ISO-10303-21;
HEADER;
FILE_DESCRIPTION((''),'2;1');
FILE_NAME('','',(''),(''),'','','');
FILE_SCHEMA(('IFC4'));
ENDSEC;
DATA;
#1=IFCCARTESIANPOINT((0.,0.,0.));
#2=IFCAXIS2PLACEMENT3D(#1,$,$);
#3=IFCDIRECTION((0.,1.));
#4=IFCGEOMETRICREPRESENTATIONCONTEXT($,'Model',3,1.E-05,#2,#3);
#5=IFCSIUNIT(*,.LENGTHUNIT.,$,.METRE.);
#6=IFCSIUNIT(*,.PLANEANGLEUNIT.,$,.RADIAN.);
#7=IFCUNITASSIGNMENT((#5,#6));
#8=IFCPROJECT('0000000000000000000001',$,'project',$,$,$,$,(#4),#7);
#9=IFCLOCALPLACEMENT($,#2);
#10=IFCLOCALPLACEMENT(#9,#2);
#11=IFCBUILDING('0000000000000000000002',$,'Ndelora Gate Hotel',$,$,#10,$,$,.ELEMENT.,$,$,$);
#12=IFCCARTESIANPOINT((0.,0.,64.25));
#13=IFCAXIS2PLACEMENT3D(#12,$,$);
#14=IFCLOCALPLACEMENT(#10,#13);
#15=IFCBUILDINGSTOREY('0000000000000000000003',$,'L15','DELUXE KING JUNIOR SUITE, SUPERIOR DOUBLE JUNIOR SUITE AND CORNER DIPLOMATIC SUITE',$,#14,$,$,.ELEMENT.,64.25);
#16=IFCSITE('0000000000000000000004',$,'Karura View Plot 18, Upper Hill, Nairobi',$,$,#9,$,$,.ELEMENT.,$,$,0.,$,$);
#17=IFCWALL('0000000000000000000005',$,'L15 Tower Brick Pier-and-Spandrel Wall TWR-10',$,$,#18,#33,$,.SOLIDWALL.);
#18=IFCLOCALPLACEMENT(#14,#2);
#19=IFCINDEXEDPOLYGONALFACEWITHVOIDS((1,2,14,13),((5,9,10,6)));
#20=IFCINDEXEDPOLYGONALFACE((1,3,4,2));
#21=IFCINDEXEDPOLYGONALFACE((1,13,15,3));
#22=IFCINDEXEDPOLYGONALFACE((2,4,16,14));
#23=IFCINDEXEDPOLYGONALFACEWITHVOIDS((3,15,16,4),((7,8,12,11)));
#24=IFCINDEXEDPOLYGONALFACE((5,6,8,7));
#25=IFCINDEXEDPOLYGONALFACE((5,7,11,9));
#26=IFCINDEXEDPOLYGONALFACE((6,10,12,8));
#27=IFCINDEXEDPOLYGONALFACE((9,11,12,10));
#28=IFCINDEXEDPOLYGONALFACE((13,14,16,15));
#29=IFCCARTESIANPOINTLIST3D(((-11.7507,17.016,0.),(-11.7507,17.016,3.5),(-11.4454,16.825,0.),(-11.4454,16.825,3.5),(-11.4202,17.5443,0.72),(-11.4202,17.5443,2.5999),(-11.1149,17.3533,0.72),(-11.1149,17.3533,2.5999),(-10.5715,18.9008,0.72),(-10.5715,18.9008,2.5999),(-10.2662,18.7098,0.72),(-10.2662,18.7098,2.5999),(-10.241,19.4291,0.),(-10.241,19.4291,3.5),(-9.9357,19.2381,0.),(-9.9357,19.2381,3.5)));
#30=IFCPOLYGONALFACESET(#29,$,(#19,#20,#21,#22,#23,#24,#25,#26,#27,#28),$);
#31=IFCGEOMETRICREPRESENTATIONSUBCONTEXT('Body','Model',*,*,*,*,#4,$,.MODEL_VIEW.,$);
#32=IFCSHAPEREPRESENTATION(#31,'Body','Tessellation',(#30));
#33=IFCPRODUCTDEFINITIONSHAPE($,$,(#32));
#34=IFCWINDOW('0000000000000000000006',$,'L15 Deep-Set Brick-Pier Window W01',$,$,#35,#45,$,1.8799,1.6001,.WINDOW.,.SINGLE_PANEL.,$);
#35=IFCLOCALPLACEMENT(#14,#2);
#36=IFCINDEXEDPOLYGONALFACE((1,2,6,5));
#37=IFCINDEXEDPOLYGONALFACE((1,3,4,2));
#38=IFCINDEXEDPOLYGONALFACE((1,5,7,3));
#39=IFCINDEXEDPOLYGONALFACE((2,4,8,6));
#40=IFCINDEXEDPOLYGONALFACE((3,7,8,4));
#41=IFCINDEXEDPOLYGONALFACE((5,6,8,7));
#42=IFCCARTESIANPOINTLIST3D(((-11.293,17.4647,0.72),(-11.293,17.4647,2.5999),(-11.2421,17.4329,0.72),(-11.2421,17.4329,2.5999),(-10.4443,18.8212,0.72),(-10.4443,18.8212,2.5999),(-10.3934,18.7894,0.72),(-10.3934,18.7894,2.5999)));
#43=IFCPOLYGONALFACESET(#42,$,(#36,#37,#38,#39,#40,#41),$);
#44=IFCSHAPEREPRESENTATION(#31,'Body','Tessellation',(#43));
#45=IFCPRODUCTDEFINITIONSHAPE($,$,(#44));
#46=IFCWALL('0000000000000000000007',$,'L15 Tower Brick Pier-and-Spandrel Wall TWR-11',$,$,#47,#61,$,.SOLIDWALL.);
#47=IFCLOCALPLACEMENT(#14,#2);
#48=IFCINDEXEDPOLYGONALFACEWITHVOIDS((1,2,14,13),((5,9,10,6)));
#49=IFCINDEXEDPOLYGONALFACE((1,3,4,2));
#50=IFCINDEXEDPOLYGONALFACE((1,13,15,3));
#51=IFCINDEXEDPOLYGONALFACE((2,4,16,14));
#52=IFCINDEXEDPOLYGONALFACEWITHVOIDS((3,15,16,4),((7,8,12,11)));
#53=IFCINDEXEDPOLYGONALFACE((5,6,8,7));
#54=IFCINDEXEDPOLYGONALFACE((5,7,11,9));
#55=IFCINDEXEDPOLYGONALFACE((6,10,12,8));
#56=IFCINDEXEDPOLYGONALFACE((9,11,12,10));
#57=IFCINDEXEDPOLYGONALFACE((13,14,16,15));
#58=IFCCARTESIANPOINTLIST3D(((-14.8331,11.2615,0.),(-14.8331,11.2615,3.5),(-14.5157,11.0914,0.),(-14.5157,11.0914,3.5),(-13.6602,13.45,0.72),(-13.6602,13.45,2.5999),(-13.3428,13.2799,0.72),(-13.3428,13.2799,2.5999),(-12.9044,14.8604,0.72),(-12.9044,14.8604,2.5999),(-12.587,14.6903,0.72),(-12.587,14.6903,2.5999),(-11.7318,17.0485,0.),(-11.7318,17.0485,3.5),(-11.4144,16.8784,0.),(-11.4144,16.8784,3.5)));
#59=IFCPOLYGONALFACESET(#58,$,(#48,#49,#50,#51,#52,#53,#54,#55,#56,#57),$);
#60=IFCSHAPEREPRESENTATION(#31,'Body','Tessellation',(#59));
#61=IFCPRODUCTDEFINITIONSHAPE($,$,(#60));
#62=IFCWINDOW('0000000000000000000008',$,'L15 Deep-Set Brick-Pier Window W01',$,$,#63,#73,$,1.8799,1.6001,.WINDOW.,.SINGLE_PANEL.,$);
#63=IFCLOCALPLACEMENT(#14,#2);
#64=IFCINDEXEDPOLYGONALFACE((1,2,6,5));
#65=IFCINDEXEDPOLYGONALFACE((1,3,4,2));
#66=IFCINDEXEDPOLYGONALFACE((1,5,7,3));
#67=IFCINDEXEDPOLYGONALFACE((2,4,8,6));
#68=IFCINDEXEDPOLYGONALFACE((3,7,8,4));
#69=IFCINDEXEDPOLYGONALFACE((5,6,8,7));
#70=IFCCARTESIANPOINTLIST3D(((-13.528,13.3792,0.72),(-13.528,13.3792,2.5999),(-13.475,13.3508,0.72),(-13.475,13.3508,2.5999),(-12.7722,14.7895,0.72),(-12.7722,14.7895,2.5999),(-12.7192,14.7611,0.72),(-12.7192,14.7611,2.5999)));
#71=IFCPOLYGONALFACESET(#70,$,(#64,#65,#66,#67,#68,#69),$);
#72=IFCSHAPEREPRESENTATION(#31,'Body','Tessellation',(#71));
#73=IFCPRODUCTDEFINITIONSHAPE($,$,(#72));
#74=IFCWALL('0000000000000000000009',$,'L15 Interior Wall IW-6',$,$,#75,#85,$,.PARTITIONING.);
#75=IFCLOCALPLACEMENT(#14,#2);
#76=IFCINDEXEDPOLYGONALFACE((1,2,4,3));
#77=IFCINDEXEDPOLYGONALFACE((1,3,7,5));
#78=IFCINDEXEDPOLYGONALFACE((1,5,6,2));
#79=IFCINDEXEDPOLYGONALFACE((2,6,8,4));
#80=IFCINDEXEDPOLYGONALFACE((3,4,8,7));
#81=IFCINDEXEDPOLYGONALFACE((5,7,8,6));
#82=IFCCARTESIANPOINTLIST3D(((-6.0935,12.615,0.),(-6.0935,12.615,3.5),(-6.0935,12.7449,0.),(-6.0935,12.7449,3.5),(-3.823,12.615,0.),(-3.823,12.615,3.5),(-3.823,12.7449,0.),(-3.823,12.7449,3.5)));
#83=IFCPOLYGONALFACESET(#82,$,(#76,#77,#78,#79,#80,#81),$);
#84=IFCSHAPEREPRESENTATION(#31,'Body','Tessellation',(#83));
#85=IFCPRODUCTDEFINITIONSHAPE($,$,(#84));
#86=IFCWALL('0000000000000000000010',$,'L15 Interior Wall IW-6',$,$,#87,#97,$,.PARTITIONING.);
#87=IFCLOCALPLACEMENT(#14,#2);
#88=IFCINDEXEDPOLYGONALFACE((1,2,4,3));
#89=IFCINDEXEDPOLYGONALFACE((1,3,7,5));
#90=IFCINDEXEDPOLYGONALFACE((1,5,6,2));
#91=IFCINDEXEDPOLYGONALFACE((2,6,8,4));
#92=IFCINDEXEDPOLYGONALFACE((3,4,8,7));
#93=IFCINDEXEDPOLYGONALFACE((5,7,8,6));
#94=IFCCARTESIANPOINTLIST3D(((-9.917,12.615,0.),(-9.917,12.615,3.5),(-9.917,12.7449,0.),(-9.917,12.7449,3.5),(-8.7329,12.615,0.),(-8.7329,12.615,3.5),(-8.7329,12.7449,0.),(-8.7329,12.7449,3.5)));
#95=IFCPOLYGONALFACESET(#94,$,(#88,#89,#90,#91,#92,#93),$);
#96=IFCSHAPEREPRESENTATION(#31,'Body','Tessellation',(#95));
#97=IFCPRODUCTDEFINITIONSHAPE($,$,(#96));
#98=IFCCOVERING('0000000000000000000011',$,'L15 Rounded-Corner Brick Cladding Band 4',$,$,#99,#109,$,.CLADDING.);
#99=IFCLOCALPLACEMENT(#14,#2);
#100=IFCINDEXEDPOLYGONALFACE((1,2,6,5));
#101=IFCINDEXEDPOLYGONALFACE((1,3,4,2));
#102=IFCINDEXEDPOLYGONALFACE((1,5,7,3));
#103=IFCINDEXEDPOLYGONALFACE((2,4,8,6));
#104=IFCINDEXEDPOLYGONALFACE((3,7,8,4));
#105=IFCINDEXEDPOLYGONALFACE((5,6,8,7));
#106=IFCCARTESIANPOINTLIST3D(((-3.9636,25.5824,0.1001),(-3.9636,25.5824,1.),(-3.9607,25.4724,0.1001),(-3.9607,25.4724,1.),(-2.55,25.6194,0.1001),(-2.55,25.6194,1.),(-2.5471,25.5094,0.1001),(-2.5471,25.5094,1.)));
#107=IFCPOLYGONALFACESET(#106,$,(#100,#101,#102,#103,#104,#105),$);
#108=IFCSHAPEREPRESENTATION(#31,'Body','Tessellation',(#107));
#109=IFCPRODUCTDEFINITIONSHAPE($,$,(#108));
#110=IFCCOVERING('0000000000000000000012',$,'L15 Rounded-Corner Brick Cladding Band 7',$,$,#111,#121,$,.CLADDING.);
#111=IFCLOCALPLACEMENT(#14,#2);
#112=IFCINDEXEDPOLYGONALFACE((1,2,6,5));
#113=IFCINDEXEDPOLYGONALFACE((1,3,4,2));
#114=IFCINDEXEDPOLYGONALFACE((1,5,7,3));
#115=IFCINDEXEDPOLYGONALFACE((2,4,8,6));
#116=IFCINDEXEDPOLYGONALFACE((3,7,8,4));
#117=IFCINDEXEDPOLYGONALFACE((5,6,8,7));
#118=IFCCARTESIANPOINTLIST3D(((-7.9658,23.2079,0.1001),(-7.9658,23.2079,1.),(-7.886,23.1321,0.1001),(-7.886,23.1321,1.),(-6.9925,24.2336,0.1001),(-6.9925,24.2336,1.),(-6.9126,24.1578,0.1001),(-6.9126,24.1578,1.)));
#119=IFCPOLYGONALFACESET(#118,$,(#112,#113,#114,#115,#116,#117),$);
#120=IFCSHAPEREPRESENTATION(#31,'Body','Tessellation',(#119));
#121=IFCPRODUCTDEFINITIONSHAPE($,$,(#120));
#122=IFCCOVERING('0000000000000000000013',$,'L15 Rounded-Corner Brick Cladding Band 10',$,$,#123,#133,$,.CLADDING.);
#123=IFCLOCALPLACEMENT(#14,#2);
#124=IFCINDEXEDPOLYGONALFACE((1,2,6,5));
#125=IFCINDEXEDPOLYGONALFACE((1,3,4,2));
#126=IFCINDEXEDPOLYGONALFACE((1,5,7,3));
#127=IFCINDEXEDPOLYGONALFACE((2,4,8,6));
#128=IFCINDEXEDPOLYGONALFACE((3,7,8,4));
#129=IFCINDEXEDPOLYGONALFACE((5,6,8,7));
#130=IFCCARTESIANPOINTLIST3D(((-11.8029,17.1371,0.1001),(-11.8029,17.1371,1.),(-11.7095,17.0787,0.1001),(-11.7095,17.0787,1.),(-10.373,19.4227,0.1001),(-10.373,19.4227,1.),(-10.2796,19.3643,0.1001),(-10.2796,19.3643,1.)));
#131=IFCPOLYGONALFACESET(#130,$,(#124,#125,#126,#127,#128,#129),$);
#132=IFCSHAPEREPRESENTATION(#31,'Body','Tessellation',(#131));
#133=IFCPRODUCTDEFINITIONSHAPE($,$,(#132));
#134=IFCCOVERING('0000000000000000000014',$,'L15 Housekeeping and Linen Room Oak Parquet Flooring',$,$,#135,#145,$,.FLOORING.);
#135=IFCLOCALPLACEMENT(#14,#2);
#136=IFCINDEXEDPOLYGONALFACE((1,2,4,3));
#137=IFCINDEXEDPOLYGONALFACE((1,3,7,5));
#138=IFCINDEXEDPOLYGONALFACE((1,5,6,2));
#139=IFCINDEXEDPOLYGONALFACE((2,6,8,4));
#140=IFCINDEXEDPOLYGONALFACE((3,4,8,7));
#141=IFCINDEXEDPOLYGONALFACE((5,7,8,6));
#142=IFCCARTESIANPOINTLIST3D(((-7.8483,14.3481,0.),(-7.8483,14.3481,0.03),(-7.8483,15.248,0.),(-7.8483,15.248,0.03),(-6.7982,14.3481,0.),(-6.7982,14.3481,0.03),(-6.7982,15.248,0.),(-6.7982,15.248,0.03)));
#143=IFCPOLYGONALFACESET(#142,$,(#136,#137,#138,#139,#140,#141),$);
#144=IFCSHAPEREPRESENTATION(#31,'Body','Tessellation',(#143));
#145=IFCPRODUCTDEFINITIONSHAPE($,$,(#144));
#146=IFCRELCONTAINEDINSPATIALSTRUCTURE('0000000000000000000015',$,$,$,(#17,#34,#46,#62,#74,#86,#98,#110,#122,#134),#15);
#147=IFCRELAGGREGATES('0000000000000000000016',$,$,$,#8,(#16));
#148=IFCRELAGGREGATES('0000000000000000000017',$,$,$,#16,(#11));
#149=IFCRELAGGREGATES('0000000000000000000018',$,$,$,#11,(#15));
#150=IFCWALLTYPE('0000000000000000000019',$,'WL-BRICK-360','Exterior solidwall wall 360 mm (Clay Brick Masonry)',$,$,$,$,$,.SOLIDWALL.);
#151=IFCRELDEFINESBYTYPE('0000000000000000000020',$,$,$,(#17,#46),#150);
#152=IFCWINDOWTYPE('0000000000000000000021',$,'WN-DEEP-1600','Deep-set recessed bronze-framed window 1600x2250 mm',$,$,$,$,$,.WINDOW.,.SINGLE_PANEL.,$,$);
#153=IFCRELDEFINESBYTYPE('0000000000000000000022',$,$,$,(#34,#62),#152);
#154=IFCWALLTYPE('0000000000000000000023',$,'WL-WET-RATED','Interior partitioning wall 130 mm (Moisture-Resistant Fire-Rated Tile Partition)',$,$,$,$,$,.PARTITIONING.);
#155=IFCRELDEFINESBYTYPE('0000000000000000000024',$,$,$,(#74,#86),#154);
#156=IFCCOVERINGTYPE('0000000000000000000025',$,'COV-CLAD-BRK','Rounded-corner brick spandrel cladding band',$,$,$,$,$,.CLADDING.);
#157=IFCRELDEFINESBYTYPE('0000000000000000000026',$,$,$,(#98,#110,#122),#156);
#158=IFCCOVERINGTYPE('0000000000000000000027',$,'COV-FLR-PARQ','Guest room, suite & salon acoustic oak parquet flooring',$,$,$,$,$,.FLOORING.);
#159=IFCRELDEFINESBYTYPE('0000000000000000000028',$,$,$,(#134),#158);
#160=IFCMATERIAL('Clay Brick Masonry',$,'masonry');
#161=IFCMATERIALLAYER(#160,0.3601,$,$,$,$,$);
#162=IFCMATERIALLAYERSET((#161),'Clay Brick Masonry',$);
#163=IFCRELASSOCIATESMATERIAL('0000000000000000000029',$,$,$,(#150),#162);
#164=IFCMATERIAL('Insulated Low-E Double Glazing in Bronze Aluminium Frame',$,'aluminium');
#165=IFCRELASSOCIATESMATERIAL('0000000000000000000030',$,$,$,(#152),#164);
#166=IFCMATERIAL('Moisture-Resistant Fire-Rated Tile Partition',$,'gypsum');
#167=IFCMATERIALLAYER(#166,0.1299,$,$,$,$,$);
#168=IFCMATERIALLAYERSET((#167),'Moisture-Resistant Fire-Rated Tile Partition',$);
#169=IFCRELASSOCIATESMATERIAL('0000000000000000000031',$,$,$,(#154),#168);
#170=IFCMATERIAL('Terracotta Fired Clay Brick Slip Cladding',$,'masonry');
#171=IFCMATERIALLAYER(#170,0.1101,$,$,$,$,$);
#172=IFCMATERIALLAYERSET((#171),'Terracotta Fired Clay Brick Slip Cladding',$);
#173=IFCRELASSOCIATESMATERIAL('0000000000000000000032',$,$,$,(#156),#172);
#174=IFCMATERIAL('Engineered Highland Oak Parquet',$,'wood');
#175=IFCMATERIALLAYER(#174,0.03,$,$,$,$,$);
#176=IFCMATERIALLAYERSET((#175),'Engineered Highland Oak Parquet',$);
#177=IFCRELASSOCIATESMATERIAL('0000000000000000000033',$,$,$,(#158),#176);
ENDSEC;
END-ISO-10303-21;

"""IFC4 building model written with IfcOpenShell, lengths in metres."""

from ifc_helpers import new_model, si_unit, direction, frame, frame_2d, origin, origin_2d, place, context, subcontext, project, spatial, rectangle, extrude, material, layer, layer_set, type_object, element, fill, save


model = new_model("IFC4")

# Units and contexts
model_context = context("Model", 3, precision=1e-05, world=origin(), true_north=direction((0.0, 1.0)))
body_context = subcontext(model_context, "Body", "Model", "MODEL_VIEW")
ifc_project = project(units=[si_unit("LENGTHUNIT", "METRE"), si_unit("PLANEANGLEUNIT", "RADIAN")], contexts=[model_context])

# Site, building, storey
site_placement = place(None, origin())
site = spatial("IfcSite", under=ifc_project, at=site_placement, Name="Karura View Plot 18, Upper Hill, Nairobi", CompositionType="ELEMENT", RefElevation=0.0)
building_placement = place(site_placement, origin())
building = spatial("IfcBuilding", under=site, at=building_placement, Name="Ndelora Gate Hotel", CompositionType="ELEMENT")
storey_placement = place(building_placement, frame((0.0, 0.0, 64.25)))
storey = spatial("IfcBuildingStorey", under=building, at=storey_placement, Name="L15", Description="DELUXE KING JUNIOR SUITE, SUPERIOR DOUBLE JUNIOR SUITE AND CORNER DIPLOMATIC SUITE", CompositionType="ELEMENT", Elevation=64.25)

# Shared definitions
ifc_material_1 = material(Name="Clay Brick Masonry", Category="masonry")
ifc_layer_1 = layer(ifc_material_1, 0.3601)
ifc_layer_set_1 = layer_set([ifc_layer_1], Name="Clay Brick Masonry")
wall_type_1 = type_object("IfcWallType", Name="WL-BRICK-360", Description="Exterior solidwall wall 360 mm (Clay Brick Masonry)", PredefinedType="SOLIDWALL", material=ifc_layer_set_1)

# Walls, openings, windows
ifc_material_2 = material(Name="Insulated Low-E Double Glazing in Bronze Aluminium Frame", Category="aluminium")
wall_1_placement = place(storey_placement, frame((-11.5981, 16.9204, 0.0), z_axis=(0.0, 0.0, 1.0), x_axis=(0.5304, 0.847748, 0.0)))
wall_1 = element("IfcWall", 1, at=wall_1_placement, inside=storey, type_object=wall_type_1, Name="L15 Tower Brick Pier-and-Spandrel Wall TWR-10", PredefinedType="SOLIDWALL", context=body_context, shape_type="SweptSolid", body=[
    extrude(rectangle(XDim=2.8464, YDim=0.3601, at=frame_2d((1.4233, 0.0))), origin(), (0.0, 0.0, 1.0), 3.5),
])
opening_1_placement = place(wall_1_placement, frame((0.6233, 0.0, 0.72)))
opening_1 = element("IfcOpeningElement", 2, at=opening_1_placement, cuts=wall_1, PredefinedType="OPENING", context=body_context, shape_type="SweptSolid", body=[
    extrude(rectangle(XDim=1.6001, YDim=1.8799, at=frame_2d((0.8, 0.9399))), frame((0.0, 0.1899, 0.0), z_axis=(0.0, -1.0, 0.0), x_axis=(1.0, 0.0, 0.0)), (0.0, 0.0, 1.0), 0.3801),
])
window_type_1 = type_object("IfcWindowType", Name="WN-DEEP-1600", Description="Deep-set recessed bronze-framed window 1600x2250 mm", PartitioningType="SINGLE_PANEL", PredefinedType="WINDOW", material=ifc_material_2)
window_1_placement = place(opening_1_placement, origin())
window_1 = element("IfcWindow", 3, at=window_1_placement, inside=storey, type_object=window_type_1, Name="L15 Deep-Set Brick-Pier Window W01", OverallHeight=1.8799, OverallWidth=1.6001, PartitioningType="SINGLE_PANEL", PredefinedType="WINDOW", context=body_context, shape_type="SweptSolid", body=[
    extrude(rectangle(XDim=1.6001, YDim=1.8799, at=frame_2d((0.8, 0.9399))), frame((0.0, 0.03, 0.0), z_axis=(0.0, -1.0, 0.0), x_axis=(1.0, 0.0, 0.0)), (0.0, 0.0, 1.0), 0.0601),
])
fill(opening_1, window_1)
wall_2_placement = place(storey_placement, frame((-14.6743, 11.1765, 0.0), z_axis=(0.0, 0.0, 1.0), x_axis=(0.472349, 0.881411, 0.0)))
wall_2 = element("IfcWall", 4, at=wall_2_placement, inside=storey, type_object=wall_type_1, Name="L15 Tower Brick Pier-and-Spandrel Wall TWR-11", PredefinedType="SOLIDWALL", context=body_context, shape_type="SweptSolid", body=[
    extrude(rectangle(XDim=6.5657, YDim=0.3601, at=frame_2d((3.2827, 0.0))), origin(), (0.0, 0.0, 1.0), 3.5),
])
opening_2_placement = place(wall_2_placement, frame((2.4829, 0.0, 0.72)))
opening_2 = element("IfcOpeningElement", 5, at=opening_2_placement, cuts=wall_2, PredefinedType="OPENING", context=body_context, shape_type="SweptSolid", body=[
    extrude(rectangle(XDim=1.6001, YDim=1.8799, at=frame_2d((0.8, 0.9399))), frame((0.0, 0.1899, 0.0), z_axis=(0.0, -1.0, 0.0), x_axis=(1.0, 0.0, 0.0)), (0.0, 0.0, 1.0), 0.3801),
])
window_2_placement = place(opening_2_placement, origin())
window_2 = element("IfcWindow", 6, at=window_2_placement, inside=storey, type_object=window_type_1, Name="L15 Deep-Set Brick-Pier Window W01", OverallHeight=1.8799, OverallWidth=1.6001, PartitioningType="SINGLE_PANEL", PredefinedType="WINDOW", context=body_context, shape_type="SweptSolid", body=[
    extrude(rectangle(XDim=1.6001, YDim=1.8799, at=frame_2d((0.8, 0.9399))), frame((0.0, 0.03, 0.0), z_axis=(0.0, -1.0, 0.0), x_axis=(1.0, 0.0, 0.0)), (0.0, 0.0, 1.0), 0.0601),
])
fill(opening_2, window_2)

# Walls
ifc_material_3 = material(Name="Moisture-Resistant Fire-Rated Tile Partition", Category="gypsum")
ifc_layer_2 = layer(ifc_material_3, 0.1299)
ifc_layer_set_2 = layer_set([ifc_layer_2], Name="Moisture-Resistant Fire-Rated Tile Partition")
wall_type_2 = type_object("IfcWallType", Name="WL-WET-RATED", Description="Interior partitioning wall 130 mm (Moisture-Resistant Fire-Rated Tile Partition)", PredefinedType="PARTITIONING", material=ifc_layer_set_2)
wall_3_placement = place(storey_placement, frame((-6.0935, 12.6799, 0.0), z_axis=(0.0, 0.0, 1.0), x_axis=(1.0, 0.0, 0.0)))
element("IfcWall", 7, at=wall_3_placement, inside=storey, type_object=wall_type_2, Name="L15 Interior Wall IW-6", PredefinedType="PARTITIONING", context=body_context, shape_type="SweptSolid", body=[
    extrude(rectangle(XDim=2.2705, YDim=0.1299, at=frame_2d((1.1353, 0.0))), origin(), (0.0, 0.0, 1.0), 3.5),
])
wall_4_placement = place(storey_placement, frame((-9.917, 12.6799, 0.0), z_axis=(0.0, 0.0, 1.0), x_axis=(1.0, 0.0, 0.0)))
element("IfcWall", 8, at=wall_4_placement, inside=storey, type_object=wall_type_2, Name="L15 Interior Wall IW-6", PredefinedType="PARTITIONING", context=body_context, shape_type="SweptSolid", body=[
    extrude(rectangle(XDim=1.1841, YDim=0.1299, at=frame_2d((0.592, 0.0))), origin(), (0.0, 0.0, 1.0), 3.5),
])

# Coverings
ifc_material_4 = material(Name="Terracotta Fired Clay Brick Slip Cladding", Category="masonry")
ifc_layer_3 = layer(ifc_material_4, 0.1101)
ifc_layer_set_3 = layer_set([ifc_layer_3], Name="Terracotta Fired Clay Brick Slip Cladding")
covering_type_1 = type_object("IfcCoveringType", Name="COV-CLAD-BRK", Description="Rounded-corner brick spandrel cladding band", PredefinedType="CLADDING", material=ifc_layer_set_3)
for number, where, z_axis, x_axis, name in (
    (9, (-3.2554, 25.5459, 0.1001), (0.0, 0.0, 1.0), (0.999657, 0.026177, 0.0), "L15 Rounded-Corner Brick Cladding Band 4"),
    (10, (-7.4392, 23.6829, 0.1001), (0.0, 0.0, 1.0), (0.688355, 0.725374, 0.0), "L15 Rounded-Corner Brick Cladding Band 7"),
):
    element("IfcCovering", number, at=place(storey_placement, frame(where, z_axis=z_axis, x_axis=x_axis)), inside=storey, type_object=covering_type_1, Name=name, PredefinedType="CLADDING", context=body_context, shape_type="SweptSolid", body=[
        extrude(rectangle(XDim=1.4141, YDim=0.1101, at=origin_2d()), origin(), (0.0, 0.0, 1.0), 0.8999),
    ])
covering_1_placement = place(storey_placement, frame((-11.0413, 18.2507, 0.1001), z_axis=(0.0, 0.0, 1.0), x_axis=(0.530363, 0.847771, 0.0)))
element("IfcCovering", 11, at=covering_1_placement, inside=storey, type_object=covering_type_1, Name="L15 Rounded-Corner Brick Cladding Band 10", PredefinedType="CLADDING", context=body_context, shape_type="SweptSolid", body=[
    extrude(rectangle(XDim=2.696, YDim=0.1101, at=origin_2d()), origin(), (0.0, 0.0, 1.0), 0.8999),
])
ifc_material_5 = material(Name="Engineered Highland Oak Parquet", Category="wood")
ifc_layer_4 = layer(ifc_material_5, 0.03)
ifc_layer_set_4 = layer_set([ifc_layer_4], Name="Engineered Highland Oak Parquet")
covering_type_2 = type_object("IfcCoveringType", Name="COV-FLR-PARQ", Description="Guest room, suite & salon acoustic oak parquet flooring", PredefinedType="FLOORING", material=ifc_layer_set_4)
covering_2_placement = place(storey_placement, frame((-7.3232, 14.7981, 0.0), z_axis=(0.0, 0.0, 1.0), x_axis=(1.0, 0.0, 0.0)))
element("IfcCovering", 12, at=covering_2_placement, inside=storey, type_object=covering_type_2, Name="L15 Housekeeping and Linen Room Oak Parquet Flooring", PredefinedType="FLOORING", context=body_context, shape_type="SweptSolid", body=[
    extrude(rectangle(XDim=1.05, YDim=0.8999, at=origin_2d()), origin(), (0.0, 0.0, 1.0), 0.03),
])

save(model, "model.ifc")
